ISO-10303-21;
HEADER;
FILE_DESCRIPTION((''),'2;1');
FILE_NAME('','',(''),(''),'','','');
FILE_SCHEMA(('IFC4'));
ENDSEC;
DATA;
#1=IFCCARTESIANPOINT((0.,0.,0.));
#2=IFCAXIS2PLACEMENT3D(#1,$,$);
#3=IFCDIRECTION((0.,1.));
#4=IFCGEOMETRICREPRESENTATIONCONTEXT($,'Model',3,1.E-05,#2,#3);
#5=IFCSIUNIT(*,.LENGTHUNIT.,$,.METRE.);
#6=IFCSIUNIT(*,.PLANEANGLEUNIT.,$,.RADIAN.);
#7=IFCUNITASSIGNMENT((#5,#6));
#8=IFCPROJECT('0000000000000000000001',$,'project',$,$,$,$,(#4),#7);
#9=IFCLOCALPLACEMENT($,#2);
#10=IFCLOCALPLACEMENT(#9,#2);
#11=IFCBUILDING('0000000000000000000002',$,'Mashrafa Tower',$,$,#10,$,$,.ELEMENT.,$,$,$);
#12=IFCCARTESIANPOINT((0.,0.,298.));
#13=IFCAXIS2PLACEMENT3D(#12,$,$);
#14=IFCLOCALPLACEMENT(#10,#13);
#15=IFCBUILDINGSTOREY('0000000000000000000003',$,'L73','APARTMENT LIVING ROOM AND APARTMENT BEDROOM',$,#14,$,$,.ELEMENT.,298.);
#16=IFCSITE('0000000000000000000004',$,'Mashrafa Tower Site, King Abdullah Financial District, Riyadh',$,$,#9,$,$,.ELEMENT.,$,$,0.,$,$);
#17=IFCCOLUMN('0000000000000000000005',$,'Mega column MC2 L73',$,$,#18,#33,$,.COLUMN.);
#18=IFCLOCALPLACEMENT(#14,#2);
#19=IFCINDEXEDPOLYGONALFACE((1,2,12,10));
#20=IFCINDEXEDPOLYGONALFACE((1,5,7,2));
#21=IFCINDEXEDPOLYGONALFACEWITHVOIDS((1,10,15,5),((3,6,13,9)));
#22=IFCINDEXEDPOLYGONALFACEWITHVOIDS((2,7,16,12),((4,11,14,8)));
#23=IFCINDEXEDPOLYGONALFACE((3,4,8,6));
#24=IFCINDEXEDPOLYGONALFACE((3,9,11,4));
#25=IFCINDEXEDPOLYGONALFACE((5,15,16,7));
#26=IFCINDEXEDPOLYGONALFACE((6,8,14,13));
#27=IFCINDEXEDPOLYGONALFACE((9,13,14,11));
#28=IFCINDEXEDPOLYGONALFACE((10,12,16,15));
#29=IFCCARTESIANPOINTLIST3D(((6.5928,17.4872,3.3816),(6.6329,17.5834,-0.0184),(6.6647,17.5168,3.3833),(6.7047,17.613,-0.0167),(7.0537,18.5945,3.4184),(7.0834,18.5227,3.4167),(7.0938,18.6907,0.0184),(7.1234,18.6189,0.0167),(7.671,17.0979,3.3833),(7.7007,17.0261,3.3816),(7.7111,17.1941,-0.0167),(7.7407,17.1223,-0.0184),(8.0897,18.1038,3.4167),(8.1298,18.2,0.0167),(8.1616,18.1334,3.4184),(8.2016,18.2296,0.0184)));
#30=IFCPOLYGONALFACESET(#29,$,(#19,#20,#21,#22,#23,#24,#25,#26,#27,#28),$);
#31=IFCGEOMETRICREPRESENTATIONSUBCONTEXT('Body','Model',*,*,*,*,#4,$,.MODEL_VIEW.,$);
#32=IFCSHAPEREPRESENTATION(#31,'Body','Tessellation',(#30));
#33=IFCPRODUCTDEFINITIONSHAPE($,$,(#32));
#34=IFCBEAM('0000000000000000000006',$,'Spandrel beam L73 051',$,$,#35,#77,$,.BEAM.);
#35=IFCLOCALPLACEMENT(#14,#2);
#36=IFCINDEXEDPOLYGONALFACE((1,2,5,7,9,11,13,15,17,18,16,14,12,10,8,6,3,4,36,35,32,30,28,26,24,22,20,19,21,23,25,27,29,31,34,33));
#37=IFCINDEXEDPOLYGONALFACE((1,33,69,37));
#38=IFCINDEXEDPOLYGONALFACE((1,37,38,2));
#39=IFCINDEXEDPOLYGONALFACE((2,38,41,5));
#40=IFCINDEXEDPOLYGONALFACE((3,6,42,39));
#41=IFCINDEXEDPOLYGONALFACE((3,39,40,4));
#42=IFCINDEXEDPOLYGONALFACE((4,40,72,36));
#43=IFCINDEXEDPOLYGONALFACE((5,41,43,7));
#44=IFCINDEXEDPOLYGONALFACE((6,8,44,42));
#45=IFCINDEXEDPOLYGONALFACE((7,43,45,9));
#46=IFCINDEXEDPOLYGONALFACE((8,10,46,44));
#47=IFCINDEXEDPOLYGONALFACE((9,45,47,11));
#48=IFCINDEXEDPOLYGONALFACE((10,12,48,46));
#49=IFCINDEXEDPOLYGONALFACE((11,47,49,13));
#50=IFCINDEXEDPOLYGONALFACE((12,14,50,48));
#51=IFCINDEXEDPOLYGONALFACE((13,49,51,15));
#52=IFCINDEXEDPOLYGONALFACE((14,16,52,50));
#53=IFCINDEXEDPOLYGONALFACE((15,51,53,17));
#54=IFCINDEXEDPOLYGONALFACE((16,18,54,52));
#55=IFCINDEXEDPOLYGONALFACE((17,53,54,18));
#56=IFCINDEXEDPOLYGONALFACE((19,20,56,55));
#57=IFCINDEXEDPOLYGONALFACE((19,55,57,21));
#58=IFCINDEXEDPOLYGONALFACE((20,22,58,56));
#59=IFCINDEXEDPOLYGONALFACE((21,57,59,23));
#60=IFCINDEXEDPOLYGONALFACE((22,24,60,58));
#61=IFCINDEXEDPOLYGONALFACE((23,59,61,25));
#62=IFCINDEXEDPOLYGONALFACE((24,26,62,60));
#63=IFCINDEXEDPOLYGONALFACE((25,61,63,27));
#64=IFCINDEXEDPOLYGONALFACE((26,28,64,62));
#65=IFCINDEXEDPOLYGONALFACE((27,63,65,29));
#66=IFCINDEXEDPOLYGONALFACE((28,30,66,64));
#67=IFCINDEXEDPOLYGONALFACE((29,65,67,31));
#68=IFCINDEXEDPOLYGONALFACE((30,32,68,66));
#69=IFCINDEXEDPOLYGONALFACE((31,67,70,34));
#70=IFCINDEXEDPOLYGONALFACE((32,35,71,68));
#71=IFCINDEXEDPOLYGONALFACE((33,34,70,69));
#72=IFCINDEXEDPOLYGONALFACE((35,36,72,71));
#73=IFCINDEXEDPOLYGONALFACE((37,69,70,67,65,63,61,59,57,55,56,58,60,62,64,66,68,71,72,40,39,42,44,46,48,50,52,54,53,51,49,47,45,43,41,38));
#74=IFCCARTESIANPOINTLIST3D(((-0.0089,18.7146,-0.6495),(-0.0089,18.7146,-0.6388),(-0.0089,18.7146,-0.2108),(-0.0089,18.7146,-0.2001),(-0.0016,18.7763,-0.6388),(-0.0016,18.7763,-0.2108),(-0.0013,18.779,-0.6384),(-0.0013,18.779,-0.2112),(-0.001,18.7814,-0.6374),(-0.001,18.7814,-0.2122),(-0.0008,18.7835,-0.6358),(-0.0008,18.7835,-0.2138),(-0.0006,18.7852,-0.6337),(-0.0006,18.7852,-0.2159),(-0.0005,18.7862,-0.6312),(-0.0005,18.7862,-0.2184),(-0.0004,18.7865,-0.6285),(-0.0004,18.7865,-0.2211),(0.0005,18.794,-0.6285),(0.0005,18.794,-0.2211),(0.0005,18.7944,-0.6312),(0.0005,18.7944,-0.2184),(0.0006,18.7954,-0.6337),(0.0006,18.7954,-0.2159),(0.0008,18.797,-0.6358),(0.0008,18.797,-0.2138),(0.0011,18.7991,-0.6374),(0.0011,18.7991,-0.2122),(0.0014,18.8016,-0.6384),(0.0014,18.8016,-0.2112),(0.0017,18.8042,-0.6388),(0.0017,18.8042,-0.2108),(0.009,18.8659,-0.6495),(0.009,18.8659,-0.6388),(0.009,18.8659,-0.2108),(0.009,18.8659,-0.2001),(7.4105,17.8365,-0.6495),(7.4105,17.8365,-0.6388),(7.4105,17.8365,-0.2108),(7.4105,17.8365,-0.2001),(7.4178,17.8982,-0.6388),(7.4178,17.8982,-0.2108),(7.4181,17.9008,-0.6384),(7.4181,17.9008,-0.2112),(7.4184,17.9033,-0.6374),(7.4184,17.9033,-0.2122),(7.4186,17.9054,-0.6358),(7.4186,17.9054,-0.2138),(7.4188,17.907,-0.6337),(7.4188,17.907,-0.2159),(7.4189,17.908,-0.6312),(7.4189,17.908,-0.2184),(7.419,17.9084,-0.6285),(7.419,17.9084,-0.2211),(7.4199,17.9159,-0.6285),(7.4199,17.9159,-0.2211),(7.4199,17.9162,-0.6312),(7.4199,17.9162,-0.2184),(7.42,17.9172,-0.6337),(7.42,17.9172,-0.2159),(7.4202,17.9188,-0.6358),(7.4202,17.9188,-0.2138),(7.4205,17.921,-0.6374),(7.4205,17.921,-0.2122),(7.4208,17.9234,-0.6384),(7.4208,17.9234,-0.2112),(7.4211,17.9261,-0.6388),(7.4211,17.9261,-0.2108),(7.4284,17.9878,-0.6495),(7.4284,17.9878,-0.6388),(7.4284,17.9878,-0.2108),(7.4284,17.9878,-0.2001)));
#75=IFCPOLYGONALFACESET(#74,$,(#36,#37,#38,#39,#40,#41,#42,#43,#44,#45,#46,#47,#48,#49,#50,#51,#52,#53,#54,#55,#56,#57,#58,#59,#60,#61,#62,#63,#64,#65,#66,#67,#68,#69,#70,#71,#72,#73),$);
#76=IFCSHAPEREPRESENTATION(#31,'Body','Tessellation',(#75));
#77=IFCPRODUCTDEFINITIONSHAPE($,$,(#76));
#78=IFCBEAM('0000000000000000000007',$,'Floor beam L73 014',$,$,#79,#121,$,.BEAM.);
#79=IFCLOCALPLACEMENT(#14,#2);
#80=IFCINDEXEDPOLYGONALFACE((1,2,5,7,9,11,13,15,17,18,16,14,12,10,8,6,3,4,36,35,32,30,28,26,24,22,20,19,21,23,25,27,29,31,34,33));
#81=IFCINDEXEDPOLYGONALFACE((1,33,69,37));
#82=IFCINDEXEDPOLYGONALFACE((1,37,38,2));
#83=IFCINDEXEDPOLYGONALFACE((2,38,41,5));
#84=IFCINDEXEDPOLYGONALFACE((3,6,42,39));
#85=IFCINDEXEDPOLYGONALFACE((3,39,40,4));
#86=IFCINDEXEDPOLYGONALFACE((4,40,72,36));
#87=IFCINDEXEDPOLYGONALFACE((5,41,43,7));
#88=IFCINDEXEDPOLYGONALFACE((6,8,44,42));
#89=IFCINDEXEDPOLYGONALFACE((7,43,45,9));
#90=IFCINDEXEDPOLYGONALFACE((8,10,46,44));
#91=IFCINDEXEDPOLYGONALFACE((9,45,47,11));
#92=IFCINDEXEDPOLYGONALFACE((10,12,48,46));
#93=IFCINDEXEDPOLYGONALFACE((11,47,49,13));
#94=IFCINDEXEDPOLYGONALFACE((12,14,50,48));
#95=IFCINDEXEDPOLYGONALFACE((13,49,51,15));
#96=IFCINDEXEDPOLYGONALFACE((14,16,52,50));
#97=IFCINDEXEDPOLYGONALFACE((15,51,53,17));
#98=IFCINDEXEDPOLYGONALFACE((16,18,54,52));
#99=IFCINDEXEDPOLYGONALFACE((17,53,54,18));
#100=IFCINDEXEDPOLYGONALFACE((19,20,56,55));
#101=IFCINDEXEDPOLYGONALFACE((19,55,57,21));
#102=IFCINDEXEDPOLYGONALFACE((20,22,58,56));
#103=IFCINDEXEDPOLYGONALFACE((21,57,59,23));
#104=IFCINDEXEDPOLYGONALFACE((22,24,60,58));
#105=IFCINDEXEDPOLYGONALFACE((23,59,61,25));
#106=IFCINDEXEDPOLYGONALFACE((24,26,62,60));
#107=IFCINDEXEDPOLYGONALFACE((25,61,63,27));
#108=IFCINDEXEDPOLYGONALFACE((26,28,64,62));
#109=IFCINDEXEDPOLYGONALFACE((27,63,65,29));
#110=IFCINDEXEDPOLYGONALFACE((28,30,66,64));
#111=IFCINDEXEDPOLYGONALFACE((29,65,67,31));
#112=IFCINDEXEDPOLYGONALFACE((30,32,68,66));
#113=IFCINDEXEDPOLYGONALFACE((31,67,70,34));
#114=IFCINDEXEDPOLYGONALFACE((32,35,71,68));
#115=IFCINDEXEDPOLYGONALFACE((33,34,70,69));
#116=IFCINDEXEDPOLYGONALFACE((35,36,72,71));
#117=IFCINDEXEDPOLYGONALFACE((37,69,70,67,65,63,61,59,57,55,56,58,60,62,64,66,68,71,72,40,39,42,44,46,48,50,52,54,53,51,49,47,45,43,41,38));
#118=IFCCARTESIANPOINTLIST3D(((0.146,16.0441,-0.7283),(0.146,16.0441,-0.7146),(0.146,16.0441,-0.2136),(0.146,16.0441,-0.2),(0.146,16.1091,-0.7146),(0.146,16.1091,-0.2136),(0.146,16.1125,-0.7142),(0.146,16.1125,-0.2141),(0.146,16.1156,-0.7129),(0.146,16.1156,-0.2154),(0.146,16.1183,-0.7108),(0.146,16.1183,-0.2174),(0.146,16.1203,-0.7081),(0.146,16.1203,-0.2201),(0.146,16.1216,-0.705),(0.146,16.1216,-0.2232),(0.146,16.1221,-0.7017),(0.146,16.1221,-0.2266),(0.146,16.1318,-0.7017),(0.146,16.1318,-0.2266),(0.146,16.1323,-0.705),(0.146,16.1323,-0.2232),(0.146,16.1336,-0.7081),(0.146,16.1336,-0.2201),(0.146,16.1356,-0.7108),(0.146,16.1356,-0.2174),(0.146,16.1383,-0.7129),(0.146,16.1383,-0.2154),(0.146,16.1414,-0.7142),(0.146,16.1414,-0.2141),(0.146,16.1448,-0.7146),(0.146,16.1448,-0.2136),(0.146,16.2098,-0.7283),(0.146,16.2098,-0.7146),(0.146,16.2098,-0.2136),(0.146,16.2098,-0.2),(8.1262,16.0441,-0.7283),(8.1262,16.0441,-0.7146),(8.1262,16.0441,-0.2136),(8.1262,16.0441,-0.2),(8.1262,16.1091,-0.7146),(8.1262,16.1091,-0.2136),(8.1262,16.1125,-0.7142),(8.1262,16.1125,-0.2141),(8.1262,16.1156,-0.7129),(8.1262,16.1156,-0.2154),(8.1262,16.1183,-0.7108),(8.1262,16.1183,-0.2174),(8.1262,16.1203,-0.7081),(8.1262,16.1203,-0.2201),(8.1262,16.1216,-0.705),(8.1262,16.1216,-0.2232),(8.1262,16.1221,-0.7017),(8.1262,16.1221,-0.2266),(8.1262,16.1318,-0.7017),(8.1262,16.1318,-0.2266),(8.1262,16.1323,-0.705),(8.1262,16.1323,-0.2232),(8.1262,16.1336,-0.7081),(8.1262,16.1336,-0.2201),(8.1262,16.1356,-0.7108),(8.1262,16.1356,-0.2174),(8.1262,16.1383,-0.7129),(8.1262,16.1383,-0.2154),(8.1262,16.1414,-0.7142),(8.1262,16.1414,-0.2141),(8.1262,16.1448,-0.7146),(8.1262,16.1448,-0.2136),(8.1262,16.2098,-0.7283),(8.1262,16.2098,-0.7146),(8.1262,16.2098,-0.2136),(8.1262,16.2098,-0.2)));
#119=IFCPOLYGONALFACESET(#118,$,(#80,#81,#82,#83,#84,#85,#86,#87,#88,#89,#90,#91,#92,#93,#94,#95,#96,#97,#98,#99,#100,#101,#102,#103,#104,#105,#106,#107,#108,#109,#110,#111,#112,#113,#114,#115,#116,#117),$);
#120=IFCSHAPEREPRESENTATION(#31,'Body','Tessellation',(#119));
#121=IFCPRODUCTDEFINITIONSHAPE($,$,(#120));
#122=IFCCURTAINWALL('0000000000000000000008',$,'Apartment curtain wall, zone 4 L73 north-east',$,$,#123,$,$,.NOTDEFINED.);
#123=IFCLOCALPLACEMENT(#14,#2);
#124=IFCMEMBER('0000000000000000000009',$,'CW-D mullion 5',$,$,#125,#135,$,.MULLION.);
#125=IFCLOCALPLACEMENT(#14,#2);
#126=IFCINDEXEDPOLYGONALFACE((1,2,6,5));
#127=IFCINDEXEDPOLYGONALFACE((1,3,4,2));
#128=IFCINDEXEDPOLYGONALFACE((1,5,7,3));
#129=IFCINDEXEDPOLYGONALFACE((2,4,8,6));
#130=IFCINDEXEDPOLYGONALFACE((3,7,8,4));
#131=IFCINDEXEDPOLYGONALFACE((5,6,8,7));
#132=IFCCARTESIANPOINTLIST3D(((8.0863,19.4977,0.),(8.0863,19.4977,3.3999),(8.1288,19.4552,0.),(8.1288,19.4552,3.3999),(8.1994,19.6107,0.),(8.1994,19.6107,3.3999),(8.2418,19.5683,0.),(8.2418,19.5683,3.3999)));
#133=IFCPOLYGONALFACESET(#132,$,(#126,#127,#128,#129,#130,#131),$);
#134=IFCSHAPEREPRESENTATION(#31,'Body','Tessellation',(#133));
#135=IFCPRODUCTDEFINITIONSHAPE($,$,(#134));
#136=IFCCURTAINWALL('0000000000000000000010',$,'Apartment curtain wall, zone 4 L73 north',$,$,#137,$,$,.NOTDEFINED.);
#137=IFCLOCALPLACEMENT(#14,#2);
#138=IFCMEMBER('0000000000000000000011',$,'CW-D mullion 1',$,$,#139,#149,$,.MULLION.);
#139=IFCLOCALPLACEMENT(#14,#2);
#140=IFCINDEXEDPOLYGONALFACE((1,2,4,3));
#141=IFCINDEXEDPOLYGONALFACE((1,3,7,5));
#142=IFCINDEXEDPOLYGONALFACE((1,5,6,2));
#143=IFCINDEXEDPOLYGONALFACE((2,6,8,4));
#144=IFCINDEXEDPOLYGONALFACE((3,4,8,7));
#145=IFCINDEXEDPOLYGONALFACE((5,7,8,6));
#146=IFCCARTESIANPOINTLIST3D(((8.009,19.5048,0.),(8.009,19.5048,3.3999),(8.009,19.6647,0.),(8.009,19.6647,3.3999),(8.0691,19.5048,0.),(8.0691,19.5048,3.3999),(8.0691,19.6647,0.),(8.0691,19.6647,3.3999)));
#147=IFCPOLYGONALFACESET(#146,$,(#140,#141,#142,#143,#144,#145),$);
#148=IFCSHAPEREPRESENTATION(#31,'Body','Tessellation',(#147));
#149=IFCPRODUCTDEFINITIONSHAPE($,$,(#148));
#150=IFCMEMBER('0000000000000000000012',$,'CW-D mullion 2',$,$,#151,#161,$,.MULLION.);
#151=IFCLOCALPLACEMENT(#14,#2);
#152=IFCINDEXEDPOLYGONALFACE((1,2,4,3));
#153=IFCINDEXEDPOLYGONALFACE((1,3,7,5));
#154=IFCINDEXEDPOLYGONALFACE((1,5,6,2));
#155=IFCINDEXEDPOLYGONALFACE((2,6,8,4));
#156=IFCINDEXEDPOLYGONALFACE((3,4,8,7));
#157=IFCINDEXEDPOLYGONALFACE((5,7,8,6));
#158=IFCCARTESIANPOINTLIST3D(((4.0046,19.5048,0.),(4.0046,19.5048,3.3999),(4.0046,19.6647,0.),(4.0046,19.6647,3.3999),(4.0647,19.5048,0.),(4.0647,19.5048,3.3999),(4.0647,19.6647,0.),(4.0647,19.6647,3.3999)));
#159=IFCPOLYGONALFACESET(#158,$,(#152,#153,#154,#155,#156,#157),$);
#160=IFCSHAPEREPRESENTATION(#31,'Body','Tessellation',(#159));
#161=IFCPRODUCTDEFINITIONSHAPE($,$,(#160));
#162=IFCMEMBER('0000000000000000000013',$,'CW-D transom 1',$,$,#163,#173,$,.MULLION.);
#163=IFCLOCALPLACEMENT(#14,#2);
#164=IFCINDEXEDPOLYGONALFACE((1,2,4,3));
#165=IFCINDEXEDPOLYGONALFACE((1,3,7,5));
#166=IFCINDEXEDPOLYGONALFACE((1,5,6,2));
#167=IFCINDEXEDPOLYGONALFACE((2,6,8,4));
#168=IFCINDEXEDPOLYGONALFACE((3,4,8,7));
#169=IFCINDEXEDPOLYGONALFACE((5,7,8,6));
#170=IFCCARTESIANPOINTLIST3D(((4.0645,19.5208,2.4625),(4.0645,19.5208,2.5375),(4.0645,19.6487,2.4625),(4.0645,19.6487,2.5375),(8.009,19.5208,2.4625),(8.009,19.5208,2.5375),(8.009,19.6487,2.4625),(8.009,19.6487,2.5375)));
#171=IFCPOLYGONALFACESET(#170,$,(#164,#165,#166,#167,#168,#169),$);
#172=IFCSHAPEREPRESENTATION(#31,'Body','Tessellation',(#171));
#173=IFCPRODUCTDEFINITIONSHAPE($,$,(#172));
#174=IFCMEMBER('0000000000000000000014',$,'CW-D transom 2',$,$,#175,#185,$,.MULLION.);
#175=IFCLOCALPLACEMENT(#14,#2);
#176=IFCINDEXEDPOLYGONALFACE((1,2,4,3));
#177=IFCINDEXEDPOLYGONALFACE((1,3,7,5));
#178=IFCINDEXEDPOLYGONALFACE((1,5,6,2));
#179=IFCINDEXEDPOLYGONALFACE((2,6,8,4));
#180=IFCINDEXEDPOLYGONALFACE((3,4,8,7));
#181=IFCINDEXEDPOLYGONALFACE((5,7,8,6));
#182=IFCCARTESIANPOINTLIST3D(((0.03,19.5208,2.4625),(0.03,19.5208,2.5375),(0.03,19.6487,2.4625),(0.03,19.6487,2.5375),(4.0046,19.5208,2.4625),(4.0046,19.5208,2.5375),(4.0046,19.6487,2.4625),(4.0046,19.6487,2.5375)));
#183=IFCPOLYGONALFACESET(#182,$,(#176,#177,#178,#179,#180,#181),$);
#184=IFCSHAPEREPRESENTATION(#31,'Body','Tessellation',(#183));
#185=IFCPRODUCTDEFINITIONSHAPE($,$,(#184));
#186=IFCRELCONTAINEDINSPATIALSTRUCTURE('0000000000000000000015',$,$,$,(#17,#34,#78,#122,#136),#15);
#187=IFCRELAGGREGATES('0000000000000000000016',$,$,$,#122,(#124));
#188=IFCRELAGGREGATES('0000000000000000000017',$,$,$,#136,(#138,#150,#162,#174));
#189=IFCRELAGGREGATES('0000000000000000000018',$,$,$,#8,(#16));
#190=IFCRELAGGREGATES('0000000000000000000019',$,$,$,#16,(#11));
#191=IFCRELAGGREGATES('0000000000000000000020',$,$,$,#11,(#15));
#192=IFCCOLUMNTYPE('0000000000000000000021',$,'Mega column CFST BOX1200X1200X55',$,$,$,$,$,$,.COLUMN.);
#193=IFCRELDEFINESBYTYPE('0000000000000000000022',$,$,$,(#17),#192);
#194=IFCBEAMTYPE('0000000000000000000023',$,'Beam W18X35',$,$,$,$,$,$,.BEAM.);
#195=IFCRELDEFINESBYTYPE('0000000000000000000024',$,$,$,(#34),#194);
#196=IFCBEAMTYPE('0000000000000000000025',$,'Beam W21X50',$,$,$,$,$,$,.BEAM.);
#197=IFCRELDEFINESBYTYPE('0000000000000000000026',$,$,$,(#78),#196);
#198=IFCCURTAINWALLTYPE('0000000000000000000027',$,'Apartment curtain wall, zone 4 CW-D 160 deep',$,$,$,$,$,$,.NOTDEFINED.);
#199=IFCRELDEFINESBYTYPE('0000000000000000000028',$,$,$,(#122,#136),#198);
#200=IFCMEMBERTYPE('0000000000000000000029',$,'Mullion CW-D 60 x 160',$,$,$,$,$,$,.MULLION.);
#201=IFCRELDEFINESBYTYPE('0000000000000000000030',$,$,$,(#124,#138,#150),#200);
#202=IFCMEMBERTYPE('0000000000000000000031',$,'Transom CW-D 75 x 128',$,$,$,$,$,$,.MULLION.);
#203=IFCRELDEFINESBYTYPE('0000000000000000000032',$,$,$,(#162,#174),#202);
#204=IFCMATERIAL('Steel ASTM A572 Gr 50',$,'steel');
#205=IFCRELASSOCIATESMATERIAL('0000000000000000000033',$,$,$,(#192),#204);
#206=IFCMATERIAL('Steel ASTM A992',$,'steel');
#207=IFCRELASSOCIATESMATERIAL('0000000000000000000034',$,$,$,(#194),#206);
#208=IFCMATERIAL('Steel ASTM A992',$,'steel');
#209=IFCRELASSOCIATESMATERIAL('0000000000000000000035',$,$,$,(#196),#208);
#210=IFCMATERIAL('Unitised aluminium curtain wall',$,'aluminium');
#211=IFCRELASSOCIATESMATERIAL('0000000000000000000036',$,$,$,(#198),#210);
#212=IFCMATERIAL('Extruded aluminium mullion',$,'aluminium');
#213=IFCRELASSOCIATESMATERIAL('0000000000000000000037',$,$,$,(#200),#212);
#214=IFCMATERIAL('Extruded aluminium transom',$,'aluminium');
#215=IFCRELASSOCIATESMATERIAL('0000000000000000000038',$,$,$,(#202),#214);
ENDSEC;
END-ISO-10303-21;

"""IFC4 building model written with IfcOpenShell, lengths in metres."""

from ifc_helpers import new_model, si_unit, direction, frame, origin, origin_2d, place, context, subcontext, project, spatial, rectangle, hollow_rectangle, i_section, extrude, source, transform, mapped, material, material_profile, profile_set, type_object, type_shapes, element, aggregate, save


model = new_model("IFC4")

# Units and contexts
model_context = context("Model", 3, precision=1e-05, world=origin(), true_north=direction((0.0, 1.0)))
body_context = subcontext(model_context, "Body", "Model", "MODEL_VIEW")
ifc_project = project(units=[si_unit("LENGTHUNIT", "METRE"), si_unit("PLANEANGLEUNIT", "RADIAN")], contexts=[model_context])

# Site, building, storey
site_placement = place(None, origin())
site = spatial("IfcSite", under=ifc_project, at=site_placement, Name="Mashrafa Tower Site, King Abdullah Financial District, Riyadh", CompositionType="ELEMENT", RefElevation=0.0)
building_placement = place(site_placement, origin())
building = spatial("IfcBuilding", under=site, at=building_placement, Name="Mashrafa Tower", CompositionType="ELEMENT")
storey_placement = place(building_placement, frame((0.0, 0.0, 298.0)))
storey = spatial("IfcBuildingStorey", under=building, at=storey_placement, Name="L73", Description="APARTMENT LIVING ROOM AND APARTMENT BEDROOM", CompositionType="ELEMENT", Elevation=298.0)

# Column
ifc_material_1 = material(Name="Steel ASTM A572 Gr 50", Category="steel")
ifc_material_profile_1 = material_profile(ifc_material_1, hollow_rectangle(XDim=1.2, YDim=1.2, WallThickness=0.0549, at=origin_2d()), Name="BOX1200X1200X55")
ifc_profile_set_1 = profile_set([ifc_material_profile_1], Name="Steel ASTM A572 Gr 50")
column_type = type_object("IfcColumnType", Name="Mega column CFST BOX1200X1200X55", PredefinedType="COLUMN", material=ifc_profile_set_1)
column_placement = place(storey_placement, frame((7.4172, 17.9065, 0.0), z_axis=(-0.011771, -0.028279, 0.999531), x_axis=(0.923216, -0.384283, 0.0)))
element("IfcColumn", 1, at=column_placement, inside=storey, type_object=column_type, Name="Mega column MC2 L73", PredefinedType="COLUMN", context=body_context, shape_type="SweptSolid", body=[
    extrude(hollow_rectangle(XDim=1.2, YDim=1.2, WallThickness=0.0549, at=origin_2d()), origin(), (0.0, 0.0, 1.0), 3.4016),
])

# Beams
ifc_material_2 = material(Name="Steel ASTM A992", Category="steel")
ifc_material_profile_2 = material_profile(ifc_material_2, i_section(OverallWidth=0.1523, OverallDepth=0.4495, WebThickness=0.0076, FlangeThickness=0.0107, FilletRadius=0.0103, at=origin_2d()), Name="W18X35")
ifc_profile_set_2 = profile_set([ifc_material_profile_2], Name="Steel ASTM A992")
beam_type_1 = type_object("IfcBeamType", Name="Beam W18X35", PredefinedType="BEAM", material=ifc_profile_set_2)
beam_1_placement = place(storey_placement, frame((7.4194, 17.9121, -0.4248), z_axis=(-0.993068, 0.117541, 0.0), x_axis=(-0.117541, -0.993068, 0.0)))
element("IfcBeam", 2, at=beam_1_placement, inside=storey, type_object=beam_type_1, Name="Spandrel beam L73 051", PredefinedType="BEAM", context=body_context, shape_type="SweptSolid", body=[
    extrude(i_section(OverallWidth=0.1523, OverallDepth=0.4495, WebThickness=0.0076, FlangeThickness=0.0107, FilletRadius=0.0103, at=origin_2d()), origin(), (0.0, 0.0, 1.0), 7.4712),
])
ifc_material_3 = material(Name="Steel ASTM A992", Category="steel")
ifc_material_profile_3 = material_profile(ifc_material_3, i_section(OverallWidth=0.1658, OverallDepth=0.5283, WebThickness=0.0098, FlangeThickness=0.0137, FilletRadius=0.0129, at=origin_2d()), Name="W21X50")
ifc_profile_set_3 = profile_set([ifc_material_profile_3], Name="Steel ASTM A992")
beam_type_2 = type_object("IfcBeamType", Name="Beam W21X50", PredefinedType="BEAM", material=ifc_profile_set_3)
beam_2_placement = place(storey_placement, frame((0.146, 16.127, -0.4641), z_axis=(1.0, 0.0, 0.0), x_axis=(0.0, 1.0, 0.0)))
element("IfcBeam", 3, at=beam_2_placement, inside=storey, type_object=beam_type_2, Name="Floor beam L73 014", PredefinedType="BEAM", context=body_context, shape_type="SweptSolid", body=[
    extrude(i_section(OverallWidth=0.1658, OverallDepth=0.5283, WebThickness=0.0098, FlangeThickness=0.0137, FilletRadius=0.0129, at=origin_2d()), origin(), (0.0, 0.0, 1.0), 7.9802),
])

# Curtain wall, member
ifc_material_4 = material(Name="Unitised aluminium curtain wall", Category="aluminium")
curtain_wall_type = type_object("IfcCurtainWallType", Name="Apartment curtain wall, zone 4 CW-D 160 deep", PredefinedType="NOTDEFINED", material=ifc_material_4)
curtain_wall_1_placement = place(storey_placement, origin())
curtain_wall_1 = element("IfcCurtainWall", 4, at=curtain_wall_1_placement, inside=storey, type_object=curtain_wall_type, Name="Apartment curtain wall, zone 4 L73 north-east", PredefinedType="NOTDEFINED")
ifc_material_5 = material(Name="Extruded aluminium mullion", Category="aluminium")
ifc_material_profile_4 = material_profile(ifc_material_5, rectangle(XDim=0.1599, YDim=0.0601, at=origin_2d()), Name="Mullion 60x160")
ifc_profile_set_4 = profile_set([ifc_material_profile_4], Name="Extruded aluminium mullion")
member_type_1 = type_object("IfcMemberType", Name="Mullion CW-D 60 x 160", PredefinedType="MULLION", material=ifc_profile_set_4)
shared_shape_1 = source(origin(), body_context, "Body", "SweptSolid", [
    extrude(rectangle(XDim=0.1599, YDim=0.0601, at=origin_2d()), origin(), (0.0, 0.0, 1.0), 3.3999),
])
type_shapes(member_type_1, [shared_shape_1])
member_1_placement = place(storey_placement, frame((8.1641, 19.533, 0.0), z_axis=(0.0, 0.0, 1.0), x_axis=(-0.707107, -0.707107, 0.0)))
member_1 = element("IfcMember", 5, at=member_1_placement, type_object=member_type_1, Name="CW-D mullion 5", PredefinedType="MULLION", context=body_context, shape_type="MappedRepresentation", body=[
    mapped(shared_shape_1, transform((0.0, 0.0, 0.0))),
])

# Curtain wall, members
curtain_wall_2_placement = place(storey_placement, origin())
curtain_wall_2 = element("IfcCurtainWall", 6, at=curtain_wall_2_placement, inside=storey, type_object=curtain_wall_type, Name="Apartment curtain wall, zone 4 L73 north", PredefinedType="NOTDEFINED")
member_2_placement = place(storey_placement, frame((8.0391, 19.5847, 0.0), z_axis=(0.0, 0.0, 1.0), x_axis=(0.0, -1.0, 0.0)))
member_2 = element("IfcMember", 7, at=member_2_placement, type_object=member_type_1, Name="CW-D mullion 1", PredefinedType="MULLION", context=body_context, shape_type="MappedRepresentation", body=[
    mapped(shared_shape_1, transform((0.0, 0.0, 0.0))),
])
member_3_placement = place(storey_placement, frame((4.0347, 19.5847, 0.0), z_axis=(0.0, 0.0, 1.0), x_axis=(0.0, -1.0, 0.0)))
member_3 = element("IfcMember", 8, at=member_3_placement, type_object=member_type_1, Name="CW-D mullion 2", PredefinedType="MULLION", context=body_context, shape_type="MappedRepresentation", body=[
    mapped(shared_shape_1, transform((0.0, 0.0, 0.0))),
])
ifc_material_6 = material(Name="Extruded aluminium transom", Category="aluminium")
ifc_material_profile_5 = material_profile(ifc_material_6, rectangle(XDim=0.1279, YDim=0.075, at=origin_2d()), Name="Transom 75x128")
ifc_profile_set_5 = profile_set([ifc_material_profile_5], Name="Extruded aluminium transom")
member_type_2 = type_object("IfcMemberType", Name="Transom CW-D 75 x 128", PredefinedType="MULLION", material=ifc_profile_set_5)
shared_shape_2 = source(origin(), body_context, "Body", "SweptSolid", [
    extrude(rectangle(XDim=0.1279, YDim=0.075, at=origin_2d()), origin(), (0.0, 0.0, 1.0), 3.9446),
])
member_4_placement = place(storey_placement, frame((8.009, 19.5847, 2.5), z_axis=(-1.0, 0.0, 0.0), x_axis=(0.0, -1.0, 0.0)))
member_4 = element("IfcMember", 9, at=member_4_placement, type_object=member_type_2, Name="CW-D transom 1", PredefinedType="MULLION", context=body_context, shape_type="MappedRepresentation", body=[
    mapped(shared_shape_2, transform((0.0, 0.0, 0.0))),
])
shared_shape_3 = source(origin(), body_context, "Body", "SweptSolid", [
    extrude(rectangle(XDim=0.1279, YDim=0.075, at=origin_2d()), origin(), (0.0, 0.0, 1.0), 3.9746),
])
type_shapes(member_type_2, [shared_shape_2, shared_shape_3])
member_5_placement = place(storey_placement, frame((4.0046, 19.5847, 2.5), z_axis=(-1.0, 0.0, 0.0), x_axis=(0.0, -1.0, 0.0)))
member_5 = element("IfcMember", 10, at=member_5_placement, type_object=member_type_2, Name="CW-D transom 2", PredefinedType="MULLION", context=body_context, shape_type="MappedRepresentation", body=[
    mapped(shared_shape_3, transform((0.0, 0.0, 0.0))),
])

aggregate(curtain_wall_1, [member_1])
aggregate(curtain_wall_2, [member_2, member_3, member_4, member_5])

save(model, "model.ifc")
